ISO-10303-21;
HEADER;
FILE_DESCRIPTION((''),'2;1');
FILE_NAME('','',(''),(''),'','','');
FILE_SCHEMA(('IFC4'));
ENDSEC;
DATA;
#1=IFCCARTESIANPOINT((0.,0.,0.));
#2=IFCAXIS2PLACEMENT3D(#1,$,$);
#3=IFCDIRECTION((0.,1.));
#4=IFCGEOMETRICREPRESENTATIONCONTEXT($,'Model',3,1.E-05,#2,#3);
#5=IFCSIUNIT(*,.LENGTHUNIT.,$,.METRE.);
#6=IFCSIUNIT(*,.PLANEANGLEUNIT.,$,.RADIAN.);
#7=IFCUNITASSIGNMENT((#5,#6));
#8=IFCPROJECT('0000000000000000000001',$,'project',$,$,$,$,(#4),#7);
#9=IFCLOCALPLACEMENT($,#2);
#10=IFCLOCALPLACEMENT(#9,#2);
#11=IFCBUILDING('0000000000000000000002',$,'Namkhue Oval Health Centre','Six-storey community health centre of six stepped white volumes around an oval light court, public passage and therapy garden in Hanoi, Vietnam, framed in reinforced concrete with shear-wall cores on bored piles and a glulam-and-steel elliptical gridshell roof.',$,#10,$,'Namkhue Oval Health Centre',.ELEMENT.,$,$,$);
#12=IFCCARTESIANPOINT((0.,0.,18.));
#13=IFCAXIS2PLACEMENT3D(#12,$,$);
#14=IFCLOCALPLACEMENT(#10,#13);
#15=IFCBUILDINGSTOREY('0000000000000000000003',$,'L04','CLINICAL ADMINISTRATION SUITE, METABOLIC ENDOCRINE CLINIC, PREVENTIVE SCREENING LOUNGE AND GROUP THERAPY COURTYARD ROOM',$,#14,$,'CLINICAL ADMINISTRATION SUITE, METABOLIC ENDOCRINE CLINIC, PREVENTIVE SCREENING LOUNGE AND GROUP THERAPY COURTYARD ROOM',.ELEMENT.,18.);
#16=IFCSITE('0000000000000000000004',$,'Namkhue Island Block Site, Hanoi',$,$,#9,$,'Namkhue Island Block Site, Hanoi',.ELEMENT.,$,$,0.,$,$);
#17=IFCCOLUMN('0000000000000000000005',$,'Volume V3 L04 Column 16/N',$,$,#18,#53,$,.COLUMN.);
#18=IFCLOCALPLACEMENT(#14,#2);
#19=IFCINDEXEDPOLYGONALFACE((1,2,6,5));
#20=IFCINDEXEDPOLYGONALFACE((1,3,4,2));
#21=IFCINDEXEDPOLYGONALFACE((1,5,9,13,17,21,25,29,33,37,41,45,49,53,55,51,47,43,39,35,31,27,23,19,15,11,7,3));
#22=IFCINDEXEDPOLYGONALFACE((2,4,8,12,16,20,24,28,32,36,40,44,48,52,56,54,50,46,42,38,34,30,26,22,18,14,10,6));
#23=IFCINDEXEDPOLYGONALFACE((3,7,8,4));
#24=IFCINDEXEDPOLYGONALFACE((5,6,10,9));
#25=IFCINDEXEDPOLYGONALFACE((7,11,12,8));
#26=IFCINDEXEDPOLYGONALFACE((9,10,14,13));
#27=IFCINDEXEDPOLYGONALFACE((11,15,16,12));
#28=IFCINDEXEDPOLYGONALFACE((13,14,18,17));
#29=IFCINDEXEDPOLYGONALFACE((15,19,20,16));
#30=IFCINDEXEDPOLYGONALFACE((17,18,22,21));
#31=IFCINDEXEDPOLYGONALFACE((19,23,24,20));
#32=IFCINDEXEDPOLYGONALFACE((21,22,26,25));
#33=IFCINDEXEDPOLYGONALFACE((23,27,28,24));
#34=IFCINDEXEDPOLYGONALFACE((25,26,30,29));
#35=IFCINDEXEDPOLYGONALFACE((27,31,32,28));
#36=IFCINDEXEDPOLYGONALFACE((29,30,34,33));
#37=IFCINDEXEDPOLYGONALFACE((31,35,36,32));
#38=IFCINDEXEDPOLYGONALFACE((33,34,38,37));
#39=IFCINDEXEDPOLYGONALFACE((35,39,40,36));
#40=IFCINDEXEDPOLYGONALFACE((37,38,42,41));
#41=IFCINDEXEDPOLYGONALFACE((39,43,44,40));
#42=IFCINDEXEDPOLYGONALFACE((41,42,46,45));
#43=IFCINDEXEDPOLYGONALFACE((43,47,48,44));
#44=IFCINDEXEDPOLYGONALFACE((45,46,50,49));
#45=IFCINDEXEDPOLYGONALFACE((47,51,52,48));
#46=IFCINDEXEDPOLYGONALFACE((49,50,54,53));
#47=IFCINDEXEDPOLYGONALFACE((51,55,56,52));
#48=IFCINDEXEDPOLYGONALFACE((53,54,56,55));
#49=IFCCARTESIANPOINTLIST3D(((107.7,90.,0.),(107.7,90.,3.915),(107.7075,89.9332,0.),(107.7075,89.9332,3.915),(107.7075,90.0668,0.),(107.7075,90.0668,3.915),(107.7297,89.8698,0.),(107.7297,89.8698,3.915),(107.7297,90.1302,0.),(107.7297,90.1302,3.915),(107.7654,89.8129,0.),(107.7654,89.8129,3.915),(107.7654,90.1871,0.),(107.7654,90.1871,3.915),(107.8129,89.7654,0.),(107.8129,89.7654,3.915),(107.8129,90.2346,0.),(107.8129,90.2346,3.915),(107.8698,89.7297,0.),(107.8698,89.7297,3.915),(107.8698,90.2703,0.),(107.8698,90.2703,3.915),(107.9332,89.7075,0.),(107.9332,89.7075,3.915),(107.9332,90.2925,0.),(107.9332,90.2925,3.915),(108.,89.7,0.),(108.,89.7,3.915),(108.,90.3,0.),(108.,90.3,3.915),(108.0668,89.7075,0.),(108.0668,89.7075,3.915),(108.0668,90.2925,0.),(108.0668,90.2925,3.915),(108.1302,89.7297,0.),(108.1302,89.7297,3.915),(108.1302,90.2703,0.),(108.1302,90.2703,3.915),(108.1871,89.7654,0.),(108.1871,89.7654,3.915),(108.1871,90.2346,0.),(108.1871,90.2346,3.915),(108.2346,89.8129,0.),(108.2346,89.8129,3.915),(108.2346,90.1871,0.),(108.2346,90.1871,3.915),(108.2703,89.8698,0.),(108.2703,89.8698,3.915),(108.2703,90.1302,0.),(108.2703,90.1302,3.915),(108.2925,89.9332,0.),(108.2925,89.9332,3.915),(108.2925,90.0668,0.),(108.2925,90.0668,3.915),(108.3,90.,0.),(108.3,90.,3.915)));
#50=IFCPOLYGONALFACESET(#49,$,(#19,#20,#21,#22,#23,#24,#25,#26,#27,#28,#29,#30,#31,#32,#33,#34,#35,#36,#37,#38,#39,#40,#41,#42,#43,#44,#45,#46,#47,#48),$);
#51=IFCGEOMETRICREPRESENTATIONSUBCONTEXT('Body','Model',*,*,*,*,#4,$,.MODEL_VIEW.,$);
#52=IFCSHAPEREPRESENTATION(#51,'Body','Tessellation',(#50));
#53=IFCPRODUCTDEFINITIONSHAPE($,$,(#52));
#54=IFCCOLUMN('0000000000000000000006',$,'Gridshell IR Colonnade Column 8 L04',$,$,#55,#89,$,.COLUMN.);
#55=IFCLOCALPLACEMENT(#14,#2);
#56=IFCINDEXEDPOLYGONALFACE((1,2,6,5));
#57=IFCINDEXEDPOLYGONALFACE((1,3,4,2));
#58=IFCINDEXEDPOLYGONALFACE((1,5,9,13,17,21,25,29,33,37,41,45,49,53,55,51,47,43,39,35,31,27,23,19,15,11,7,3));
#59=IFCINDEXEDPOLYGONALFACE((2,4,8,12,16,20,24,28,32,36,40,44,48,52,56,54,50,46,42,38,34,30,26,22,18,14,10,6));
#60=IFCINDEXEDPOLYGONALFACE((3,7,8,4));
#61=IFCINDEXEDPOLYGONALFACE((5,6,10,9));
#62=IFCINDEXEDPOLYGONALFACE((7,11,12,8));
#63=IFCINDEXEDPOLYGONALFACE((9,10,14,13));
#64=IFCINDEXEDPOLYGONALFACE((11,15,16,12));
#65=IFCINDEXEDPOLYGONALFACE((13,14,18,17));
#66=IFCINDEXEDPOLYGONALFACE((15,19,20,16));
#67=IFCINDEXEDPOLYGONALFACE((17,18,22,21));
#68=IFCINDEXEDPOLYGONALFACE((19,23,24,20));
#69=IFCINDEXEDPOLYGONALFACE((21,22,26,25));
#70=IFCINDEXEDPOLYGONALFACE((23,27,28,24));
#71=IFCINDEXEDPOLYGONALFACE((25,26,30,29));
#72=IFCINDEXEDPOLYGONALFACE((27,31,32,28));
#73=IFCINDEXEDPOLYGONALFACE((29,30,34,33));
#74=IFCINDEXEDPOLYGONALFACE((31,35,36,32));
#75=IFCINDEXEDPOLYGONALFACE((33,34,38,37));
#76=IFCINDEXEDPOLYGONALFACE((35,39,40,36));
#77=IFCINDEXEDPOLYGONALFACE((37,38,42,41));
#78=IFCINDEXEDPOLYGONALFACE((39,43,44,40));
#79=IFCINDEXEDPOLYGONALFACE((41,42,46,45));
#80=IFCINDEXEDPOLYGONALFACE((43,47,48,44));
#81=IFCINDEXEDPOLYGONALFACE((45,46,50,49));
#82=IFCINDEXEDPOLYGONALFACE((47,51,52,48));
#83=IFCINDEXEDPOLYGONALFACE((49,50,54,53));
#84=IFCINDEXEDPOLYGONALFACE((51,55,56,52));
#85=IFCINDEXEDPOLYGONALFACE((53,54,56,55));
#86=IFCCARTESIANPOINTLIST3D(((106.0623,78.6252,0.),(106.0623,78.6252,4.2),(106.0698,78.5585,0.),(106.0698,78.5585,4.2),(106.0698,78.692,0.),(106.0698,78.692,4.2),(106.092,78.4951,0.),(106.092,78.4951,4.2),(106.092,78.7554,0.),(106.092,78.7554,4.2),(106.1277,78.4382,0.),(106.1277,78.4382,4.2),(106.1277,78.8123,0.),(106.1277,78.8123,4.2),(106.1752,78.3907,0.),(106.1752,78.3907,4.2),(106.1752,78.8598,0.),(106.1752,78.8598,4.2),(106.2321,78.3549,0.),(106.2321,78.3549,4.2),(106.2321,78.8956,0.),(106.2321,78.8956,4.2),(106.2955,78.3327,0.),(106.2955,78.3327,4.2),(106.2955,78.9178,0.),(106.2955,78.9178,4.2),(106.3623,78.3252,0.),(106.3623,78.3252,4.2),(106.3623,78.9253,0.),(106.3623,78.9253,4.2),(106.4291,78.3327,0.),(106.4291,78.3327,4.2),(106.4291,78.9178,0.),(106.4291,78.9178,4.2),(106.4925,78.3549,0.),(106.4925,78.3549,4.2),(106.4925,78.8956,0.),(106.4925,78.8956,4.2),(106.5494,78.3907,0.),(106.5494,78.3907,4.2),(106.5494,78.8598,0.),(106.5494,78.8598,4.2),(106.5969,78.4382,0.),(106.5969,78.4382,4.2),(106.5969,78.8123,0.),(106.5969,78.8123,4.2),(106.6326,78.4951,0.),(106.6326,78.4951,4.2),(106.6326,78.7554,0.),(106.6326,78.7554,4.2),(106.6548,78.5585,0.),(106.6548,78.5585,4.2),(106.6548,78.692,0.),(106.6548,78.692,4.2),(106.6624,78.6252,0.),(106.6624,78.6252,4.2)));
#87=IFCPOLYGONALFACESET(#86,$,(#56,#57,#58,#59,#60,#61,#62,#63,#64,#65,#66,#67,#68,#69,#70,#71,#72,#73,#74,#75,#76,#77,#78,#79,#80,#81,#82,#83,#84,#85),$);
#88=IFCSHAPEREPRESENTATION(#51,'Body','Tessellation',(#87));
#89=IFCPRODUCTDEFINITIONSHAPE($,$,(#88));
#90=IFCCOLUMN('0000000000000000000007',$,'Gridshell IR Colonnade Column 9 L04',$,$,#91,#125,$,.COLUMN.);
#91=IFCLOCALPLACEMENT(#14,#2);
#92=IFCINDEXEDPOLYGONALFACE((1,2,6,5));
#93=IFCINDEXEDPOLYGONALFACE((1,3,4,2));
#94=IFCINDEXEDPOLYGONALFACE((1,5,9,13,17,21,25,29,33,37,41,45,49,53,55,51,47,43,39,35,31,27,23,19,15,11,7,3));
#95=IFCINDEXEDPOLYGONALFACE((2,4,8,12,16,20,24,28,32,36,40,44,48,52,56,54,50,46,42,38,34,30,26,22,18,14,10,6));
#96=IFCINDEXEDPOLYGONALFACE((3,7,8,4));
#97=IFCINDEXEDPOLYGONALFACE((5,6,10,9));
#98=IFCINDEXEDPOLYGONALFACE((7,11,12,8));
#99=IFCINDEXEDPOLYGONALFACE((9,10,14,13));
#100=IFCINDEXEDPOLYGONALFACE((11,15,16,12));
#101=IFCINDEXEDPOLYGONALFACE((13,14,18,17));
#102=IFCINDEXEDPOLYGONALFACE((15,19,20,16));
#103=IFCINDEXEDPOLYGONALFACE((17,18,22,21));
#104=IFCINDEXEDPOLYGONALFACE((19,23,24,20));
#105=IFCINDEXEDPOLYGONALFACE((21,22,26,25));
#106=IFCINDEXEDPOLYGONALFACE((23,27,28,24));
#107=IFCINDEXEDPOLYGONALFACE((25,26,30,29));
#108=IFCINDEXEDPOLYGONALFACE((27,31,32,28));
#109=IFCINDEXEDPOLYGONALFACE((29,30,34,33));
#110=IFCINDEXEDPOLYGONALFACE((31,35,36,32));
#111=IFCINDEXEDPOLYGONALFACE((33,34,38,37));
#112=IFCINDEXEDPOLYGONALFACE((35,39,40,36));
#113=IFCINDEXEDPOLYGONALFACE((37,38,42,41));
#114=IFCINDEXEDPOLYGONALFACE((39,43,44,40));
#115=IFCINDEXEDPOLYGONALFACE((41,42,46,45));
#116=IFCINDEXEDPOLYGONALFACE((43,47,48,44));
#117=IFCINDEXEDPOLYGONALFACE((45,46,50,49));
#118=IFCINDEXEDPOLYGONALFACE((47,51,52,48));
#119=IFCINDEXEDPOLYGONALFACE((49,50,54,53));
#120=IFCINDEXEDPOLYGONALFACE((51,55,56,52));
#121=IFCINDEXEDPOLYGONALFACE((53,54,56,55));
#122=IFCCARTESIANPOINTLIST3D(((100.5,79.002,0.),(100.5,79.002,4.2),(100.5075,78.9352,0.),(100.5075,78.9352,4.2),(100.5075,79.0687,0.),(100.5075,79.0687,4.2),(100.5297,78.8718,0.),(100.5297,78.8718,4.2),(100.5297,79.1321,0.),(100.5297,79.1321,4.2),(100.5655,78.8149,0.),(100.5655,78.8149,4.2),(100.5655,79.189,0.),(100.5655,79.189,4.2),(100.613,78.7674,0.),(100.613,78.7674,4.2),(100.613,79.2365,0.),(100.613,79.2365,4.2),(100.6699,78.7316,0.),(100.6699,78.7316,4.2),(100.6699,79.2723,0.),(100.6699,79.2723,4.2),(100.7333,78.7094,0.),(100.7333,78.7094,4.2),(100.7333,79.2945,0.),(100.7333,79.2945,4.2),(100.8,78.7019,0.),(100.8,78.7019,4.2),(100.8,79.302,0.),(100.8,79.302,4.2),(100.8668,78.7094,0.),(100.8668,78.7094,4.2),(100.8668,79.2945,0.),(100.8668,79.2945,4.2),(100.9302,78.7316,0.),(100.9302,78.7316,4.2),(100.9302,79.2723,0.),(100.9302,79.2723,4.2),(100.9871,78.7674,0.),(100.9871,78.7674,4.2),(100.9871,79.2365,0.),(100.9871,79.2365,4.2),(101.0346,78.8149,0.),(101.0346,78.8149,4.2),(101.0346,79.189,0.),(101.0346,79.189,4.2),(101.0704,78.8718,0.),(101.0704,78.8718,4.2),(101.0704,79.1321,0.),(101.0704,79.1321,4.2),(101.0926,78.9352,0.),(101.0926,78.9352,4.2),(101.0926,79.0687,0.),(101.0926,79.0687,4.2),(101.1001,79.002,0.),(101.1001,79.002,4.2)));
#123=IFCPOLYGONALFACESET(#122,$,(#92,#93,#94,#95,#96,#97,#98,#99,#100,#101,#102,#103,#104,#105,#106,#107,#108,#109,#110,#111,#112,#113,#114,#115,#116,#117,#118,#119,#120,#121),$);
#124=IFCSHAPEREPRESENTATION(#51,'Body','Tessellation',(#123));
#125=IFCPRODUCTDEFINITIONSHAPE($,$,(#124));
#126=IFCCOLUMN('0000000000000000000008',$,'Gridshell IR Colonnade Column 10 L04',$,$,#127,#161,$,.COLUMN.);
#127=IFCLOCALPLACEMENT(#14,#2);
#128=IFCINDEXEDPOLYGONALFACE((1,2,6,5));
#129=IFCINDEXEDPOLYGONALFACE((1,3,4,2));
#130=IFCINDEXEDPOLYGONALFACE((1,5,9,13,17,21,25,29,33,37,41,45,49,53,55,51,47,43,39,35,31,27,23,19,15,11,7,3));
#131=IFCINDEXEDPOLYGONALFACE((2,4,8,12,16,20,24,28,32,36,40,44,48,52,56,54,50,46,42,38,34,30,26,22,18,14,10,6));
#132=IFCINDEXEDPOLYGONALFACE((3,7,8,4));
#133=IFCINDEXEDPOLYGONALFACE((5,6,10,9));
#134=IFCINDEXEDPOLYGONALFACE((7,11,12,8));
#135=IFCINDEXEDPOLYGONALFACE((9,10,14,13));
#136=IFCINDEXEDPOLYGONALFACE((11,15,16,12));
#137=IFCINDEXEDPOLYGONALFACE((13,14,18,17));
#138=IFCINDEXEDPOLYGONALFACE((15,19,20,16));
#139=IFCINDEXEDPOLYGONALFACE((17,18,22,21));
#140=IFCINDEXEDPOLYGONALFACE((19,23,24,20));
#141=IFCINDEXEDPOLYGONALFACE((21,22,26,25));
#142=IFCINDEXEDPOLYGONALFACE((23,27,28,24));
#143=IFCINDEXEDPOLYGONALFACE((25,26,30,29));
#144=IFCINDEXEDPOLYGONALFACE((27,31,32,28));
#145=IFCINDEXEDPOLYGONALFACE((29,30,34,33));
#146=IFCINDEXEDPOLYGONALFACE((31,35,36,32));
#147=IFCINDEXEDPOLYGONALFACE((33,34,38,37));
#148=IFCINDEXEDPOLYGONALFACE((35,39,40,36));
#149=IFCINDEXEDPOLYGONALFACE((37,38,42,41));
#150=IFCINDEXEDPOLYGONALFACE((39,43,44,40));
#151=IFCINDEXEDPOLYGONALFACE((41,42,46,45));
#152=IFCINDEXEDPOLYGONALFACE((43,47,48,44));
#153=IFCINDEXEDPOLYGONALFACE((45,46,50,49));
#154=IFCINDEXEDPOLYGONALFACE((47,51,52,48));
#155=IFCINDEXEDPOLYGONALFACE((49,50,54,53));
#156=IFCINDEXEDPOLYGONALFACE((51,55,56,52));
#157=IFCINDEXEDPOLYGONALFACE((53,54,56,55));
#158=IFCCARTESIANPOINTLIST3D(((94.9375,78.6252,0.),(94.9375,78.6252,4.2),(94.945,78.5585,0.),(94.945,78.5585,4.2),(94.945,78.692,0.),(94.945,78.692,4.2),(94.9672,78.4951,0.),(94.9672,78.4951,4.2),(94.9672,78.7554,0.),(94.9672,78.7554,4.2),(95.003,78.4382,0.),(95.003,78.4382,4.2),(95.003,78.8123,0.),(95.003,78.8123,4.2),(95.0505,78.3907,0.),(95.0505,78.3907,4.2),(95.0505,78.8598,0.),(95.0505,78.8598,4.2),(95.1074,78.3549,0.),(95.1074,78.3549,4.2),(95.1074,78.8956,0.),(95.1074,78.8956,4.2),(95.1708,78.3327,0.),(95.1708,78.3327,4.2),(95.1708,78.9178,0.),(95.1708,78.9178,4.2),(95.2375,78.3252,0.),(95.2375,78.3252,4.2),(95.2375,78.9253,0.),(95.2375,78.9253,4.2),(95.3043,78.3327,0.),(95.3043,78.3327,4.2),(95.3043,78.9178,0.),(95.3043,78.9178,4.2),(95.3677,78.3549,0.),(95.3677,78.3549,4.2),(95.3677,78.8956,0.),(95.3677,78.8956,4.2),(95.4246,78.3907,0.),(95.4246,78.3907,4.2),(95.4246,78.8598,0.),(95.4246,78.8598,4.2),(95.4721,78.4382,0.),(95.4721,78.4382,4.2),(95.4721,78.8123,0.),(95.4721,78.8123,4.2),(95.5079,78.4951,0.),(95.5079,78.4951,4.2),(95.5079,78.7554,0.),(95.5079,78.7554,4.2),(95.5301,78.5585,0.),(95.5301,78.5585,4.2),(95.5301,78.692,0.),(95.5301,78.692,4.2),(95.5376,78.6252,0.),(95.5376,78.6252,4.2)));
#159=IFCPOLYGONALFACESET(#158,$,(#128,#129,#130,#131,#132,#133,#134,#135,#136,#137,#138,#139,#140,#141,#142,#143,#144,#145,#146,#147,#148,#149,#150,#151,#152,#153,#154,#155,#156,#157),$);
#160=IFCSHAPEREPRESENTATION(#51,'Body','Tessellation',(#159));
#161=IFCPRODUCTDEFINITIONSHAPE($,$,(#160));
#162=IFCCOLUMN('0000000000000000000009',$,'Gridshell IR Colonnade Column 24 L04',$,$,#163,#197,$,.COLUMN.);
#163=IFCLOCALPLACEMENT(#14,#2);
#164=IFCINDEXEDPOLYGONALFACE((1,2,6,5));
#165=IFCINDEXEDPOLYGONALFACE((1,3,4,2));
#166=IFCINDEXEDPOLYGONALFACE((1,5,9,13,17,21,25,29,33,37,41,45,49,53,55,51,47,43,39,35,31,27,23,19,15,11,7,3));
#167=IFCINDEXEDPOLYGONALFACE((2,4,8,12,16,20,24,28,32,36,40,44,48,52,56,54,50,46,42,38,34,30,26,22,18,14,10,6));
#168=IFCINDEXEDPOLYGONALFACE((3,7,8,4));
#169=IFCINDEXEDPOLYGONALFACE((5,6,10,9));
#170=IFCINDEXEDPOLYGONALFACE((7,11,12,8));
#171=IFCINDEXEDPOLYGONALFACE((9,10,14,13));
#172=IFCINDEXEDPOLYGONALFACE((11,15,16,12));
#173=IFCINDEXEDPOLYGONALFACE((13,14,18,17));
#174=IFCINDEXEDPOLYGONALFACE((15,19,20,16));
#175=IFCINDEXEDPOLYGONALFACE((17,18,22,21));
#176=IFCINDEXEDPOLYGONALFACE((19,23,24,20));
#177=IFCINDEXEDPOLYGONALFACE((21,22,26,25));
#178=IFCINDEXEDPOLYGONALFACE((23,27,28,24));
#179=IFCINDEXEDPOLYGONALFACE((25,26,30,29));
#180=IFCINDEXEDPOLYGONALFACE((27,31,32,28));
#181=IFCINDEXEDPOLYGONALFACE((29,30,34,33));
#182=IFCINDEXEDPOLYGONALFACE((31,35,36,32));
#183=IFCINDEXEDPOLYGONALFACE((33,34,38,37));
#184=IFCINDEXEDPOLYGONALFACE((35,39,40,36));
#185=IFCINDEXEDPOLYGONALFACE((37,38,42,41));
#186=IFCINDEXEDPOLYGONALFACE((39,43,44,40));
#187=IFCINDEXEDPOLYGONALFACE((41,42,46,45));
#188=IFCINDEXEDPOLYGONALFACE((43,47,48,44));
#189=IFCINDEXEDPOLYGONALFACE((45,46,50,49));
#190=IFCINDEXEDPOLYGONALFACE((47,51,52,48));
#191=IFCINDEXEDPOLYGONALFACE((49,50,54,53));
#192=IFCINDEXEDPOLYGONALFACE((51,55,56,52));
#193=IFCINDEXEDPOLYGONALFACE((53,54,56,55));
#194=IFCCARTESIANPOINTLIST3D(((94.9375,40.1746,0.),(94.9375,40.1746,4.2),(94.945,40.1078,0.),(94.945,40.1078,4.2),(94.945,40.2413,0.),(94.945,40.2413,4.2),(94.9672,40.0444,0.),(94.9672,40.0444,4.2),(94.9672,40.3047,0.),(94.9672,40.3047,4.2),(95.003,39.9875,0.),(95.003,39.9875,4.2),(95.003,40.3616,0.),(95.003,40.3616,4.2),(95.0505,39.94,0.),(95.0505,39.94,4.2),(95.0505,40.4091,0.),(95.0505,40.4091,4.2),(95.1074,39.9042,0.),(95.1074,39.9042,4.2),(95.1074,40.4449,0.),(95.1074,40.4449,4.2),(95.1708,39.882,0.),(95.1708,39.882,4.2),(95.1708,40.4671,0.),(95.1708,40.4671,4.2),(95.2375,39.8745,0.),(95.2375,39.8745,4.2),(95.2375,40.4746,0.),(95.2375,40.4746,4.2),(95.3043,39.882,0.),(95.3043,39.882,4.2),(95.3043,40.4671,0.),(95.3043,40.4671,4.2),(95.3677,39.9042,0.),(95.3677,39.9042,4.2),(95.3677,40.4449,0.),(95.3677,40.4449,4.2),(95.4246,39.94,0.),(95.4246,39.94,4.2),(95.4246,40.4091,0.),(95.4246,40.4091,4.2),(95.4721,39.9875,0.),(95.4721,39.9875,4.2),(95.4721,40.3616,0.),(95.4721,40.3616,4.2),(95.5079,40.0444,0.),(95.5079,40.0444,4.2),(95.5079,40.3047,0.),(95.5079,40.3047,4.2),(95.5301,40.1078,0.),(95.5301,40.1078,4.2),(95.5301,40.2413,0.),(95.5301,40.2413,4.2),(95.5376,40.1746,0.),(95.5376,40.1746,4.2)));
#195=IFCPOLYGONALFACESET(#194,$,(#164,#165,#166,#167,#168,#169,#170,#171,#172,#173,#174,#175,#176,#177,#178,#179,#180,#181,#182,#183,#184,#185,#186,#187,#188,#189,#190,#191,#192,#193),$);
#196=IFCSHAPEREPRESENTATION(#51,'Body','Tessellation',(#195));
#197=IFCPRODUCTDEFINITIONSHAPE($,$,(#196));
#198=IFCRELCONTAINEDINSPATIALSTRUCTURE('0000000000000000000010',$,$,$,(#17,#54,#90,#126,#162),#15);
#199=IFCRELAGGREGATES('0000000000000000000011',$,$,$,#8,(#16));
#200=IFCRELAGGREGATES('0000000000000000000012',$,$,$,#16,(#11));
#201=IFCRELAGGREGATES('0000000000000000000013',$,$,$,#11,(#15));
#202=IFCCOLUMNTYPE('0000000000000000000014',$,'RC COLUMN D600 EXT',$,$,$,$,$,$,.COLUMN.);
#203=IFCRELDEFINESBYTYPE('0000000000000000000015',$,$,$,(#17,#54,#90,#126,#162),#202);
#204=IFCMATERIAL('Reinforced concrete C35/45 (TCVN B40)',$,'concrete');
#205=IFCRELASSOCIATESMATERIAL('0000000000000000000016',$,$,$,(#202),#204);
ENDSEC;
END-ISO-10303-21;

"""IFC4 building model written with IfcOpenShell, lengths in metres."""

from ifc_helpers import new_model, si_unit, direction, frame, origin, origin_2d, place, context, subcontext, project, spatial, circle, extrude, material, material_profile, profile_set, type_object, element, save


model = new_model("IFC4")

# Units and contexts
model_context = context("Model", 3, precision=1e-05, world=origin(), true_north=direction((0.0, 1.0)))
body_context = subcontext(model_context, "Body", "Model", "MODEL_VIEW")
ifc_project = project(units=[si_unit("LENGTHUNIT", "METRE"), si_unit("PLANEANGLEUNIT", "RADIAN")], contexts=[model_context])

# Site, building, storey
site_placement = place(None, origin())
site = spatial("IfcSite", under=ifc_project, at=site_placement, Name="Namkhue Island Block Site, Hanoi", LongName="Namkhue Island Block Site, Hanoi", CompositionType="ELEMENT", RefElevation=0.0)
building_placement = place(site_placement, origin())
building = spatial("IfcBuilding", under=site, at=building_placement, Name="Namkhue Oval Health Centre", Description="Six-storey community health centre of six stepped white volumes around an oval light court, public passage and therapy garden in Hanoi, Vietnam, framed in reinforced concrete with shear-wall cores on bored piles and a glulam-and-steel elliptical gridshell roof.", LongName="Namkhue Oval Health Centre", CompositionType="ELEMENT")
storey_placement = place(building_placement, frame((0.0, 0.0, 18.0)))
storey = spatial("IfcBuildingStorey", under=building, at=storey_placement, Name="L04", Description="CLINICAL ADMINISTRATION SUITE, METABOLIC ENDOCRINE CLINIC, PREVENTIVE SCREENING LOUNGE AND GROUP THERAPY COURTYARD ROOM", LongName="CLINICAL ADMINISTRATION SUITE, METABOLIC ENDOCRINE CLINIC, PREVENTIVE SCREENING LOUNGE AND GROUP THERAPY COURTYARD ROOM", CompositionType="ELEMENT", Elevation=18.0)

# Columns
ifc_material_1 = material(Name="Reinforced concrete C35/45 (TCVN B40)", Category="concrete")
ifc_material_profile_1 = material_profile(ifc_material_1, circle(Radius=0.3, at=origin_2d()), Name="RC D600")
ifc_profile_set_1 = profile_set([ifc_material_profile_1], Name="Reinforced concrete C35/45 (TCVN B40)")
column_type = type_object("IfcColumnType", Name="RC COLUMN D600 EXT", PredefinedType="COLUMN", material=ifc_profile_set_1)
column_placement = place(storey_placement, frame((108.0, 90.0, 0.0), z_axis=(0.0, 0.0, 1.0), x_axis=(1.0, 0.0, 0.0)))
element("IfcColumn", 1, at=column_placement, inside=storey, type_object=column_type, Name="Volume V3 L04 Column 16/N", PredefinedType="COLUMN", context=body_context, shape_type="SweptSolid", body=[
    extrude(circle(Radius=0.3, at=origin_2d()), origin(), (0.0, 0.0, 1.0), 3.915),
])
for number, where, z_axis, x_axis, name in (
    (2, (106.3623, 78.6252, 0.0), (0.0, 0.0, 1.0), (1.0, 0.0, 0.0), "Gridshell IR Colonnade Column 8 L04"),
    (3, (100.8, 79.002, 0.0), (0.0, 0.0, 1.0), (1.0, 0.0, 0.0), "Gridshell IR Colonnade Column 9 L04"),
    (4, (95.2375, 78.6252, 0.0), (0.0, 0.0, 1.0), (1.0, 0.0, 0.0), "Gridshell IR Colonnade Column 10 L04"),
    (5, (95.2375, 40.1746, 0.0), (0.0, 0.0, 1.0), (1.0, 0.0, 0.0), "Gridshell IR Colonnade Column 24 L04"),
):
    element("IfcColumn", number, at=place(storey_placement, frame(where, z_axis=z_axis, x_axis=x_axis)), inside=storey, type_object=column_type, Name=name, PredefinedType="COLUMN", context=body_context, shape_type="SweptSolid", body=[
        extrude(circle(Radius=0.3, at=origin_2d()), origin(), (0.0, 0.0, 1.0), 4.2),
    ])

save(model, "model.ifc")
